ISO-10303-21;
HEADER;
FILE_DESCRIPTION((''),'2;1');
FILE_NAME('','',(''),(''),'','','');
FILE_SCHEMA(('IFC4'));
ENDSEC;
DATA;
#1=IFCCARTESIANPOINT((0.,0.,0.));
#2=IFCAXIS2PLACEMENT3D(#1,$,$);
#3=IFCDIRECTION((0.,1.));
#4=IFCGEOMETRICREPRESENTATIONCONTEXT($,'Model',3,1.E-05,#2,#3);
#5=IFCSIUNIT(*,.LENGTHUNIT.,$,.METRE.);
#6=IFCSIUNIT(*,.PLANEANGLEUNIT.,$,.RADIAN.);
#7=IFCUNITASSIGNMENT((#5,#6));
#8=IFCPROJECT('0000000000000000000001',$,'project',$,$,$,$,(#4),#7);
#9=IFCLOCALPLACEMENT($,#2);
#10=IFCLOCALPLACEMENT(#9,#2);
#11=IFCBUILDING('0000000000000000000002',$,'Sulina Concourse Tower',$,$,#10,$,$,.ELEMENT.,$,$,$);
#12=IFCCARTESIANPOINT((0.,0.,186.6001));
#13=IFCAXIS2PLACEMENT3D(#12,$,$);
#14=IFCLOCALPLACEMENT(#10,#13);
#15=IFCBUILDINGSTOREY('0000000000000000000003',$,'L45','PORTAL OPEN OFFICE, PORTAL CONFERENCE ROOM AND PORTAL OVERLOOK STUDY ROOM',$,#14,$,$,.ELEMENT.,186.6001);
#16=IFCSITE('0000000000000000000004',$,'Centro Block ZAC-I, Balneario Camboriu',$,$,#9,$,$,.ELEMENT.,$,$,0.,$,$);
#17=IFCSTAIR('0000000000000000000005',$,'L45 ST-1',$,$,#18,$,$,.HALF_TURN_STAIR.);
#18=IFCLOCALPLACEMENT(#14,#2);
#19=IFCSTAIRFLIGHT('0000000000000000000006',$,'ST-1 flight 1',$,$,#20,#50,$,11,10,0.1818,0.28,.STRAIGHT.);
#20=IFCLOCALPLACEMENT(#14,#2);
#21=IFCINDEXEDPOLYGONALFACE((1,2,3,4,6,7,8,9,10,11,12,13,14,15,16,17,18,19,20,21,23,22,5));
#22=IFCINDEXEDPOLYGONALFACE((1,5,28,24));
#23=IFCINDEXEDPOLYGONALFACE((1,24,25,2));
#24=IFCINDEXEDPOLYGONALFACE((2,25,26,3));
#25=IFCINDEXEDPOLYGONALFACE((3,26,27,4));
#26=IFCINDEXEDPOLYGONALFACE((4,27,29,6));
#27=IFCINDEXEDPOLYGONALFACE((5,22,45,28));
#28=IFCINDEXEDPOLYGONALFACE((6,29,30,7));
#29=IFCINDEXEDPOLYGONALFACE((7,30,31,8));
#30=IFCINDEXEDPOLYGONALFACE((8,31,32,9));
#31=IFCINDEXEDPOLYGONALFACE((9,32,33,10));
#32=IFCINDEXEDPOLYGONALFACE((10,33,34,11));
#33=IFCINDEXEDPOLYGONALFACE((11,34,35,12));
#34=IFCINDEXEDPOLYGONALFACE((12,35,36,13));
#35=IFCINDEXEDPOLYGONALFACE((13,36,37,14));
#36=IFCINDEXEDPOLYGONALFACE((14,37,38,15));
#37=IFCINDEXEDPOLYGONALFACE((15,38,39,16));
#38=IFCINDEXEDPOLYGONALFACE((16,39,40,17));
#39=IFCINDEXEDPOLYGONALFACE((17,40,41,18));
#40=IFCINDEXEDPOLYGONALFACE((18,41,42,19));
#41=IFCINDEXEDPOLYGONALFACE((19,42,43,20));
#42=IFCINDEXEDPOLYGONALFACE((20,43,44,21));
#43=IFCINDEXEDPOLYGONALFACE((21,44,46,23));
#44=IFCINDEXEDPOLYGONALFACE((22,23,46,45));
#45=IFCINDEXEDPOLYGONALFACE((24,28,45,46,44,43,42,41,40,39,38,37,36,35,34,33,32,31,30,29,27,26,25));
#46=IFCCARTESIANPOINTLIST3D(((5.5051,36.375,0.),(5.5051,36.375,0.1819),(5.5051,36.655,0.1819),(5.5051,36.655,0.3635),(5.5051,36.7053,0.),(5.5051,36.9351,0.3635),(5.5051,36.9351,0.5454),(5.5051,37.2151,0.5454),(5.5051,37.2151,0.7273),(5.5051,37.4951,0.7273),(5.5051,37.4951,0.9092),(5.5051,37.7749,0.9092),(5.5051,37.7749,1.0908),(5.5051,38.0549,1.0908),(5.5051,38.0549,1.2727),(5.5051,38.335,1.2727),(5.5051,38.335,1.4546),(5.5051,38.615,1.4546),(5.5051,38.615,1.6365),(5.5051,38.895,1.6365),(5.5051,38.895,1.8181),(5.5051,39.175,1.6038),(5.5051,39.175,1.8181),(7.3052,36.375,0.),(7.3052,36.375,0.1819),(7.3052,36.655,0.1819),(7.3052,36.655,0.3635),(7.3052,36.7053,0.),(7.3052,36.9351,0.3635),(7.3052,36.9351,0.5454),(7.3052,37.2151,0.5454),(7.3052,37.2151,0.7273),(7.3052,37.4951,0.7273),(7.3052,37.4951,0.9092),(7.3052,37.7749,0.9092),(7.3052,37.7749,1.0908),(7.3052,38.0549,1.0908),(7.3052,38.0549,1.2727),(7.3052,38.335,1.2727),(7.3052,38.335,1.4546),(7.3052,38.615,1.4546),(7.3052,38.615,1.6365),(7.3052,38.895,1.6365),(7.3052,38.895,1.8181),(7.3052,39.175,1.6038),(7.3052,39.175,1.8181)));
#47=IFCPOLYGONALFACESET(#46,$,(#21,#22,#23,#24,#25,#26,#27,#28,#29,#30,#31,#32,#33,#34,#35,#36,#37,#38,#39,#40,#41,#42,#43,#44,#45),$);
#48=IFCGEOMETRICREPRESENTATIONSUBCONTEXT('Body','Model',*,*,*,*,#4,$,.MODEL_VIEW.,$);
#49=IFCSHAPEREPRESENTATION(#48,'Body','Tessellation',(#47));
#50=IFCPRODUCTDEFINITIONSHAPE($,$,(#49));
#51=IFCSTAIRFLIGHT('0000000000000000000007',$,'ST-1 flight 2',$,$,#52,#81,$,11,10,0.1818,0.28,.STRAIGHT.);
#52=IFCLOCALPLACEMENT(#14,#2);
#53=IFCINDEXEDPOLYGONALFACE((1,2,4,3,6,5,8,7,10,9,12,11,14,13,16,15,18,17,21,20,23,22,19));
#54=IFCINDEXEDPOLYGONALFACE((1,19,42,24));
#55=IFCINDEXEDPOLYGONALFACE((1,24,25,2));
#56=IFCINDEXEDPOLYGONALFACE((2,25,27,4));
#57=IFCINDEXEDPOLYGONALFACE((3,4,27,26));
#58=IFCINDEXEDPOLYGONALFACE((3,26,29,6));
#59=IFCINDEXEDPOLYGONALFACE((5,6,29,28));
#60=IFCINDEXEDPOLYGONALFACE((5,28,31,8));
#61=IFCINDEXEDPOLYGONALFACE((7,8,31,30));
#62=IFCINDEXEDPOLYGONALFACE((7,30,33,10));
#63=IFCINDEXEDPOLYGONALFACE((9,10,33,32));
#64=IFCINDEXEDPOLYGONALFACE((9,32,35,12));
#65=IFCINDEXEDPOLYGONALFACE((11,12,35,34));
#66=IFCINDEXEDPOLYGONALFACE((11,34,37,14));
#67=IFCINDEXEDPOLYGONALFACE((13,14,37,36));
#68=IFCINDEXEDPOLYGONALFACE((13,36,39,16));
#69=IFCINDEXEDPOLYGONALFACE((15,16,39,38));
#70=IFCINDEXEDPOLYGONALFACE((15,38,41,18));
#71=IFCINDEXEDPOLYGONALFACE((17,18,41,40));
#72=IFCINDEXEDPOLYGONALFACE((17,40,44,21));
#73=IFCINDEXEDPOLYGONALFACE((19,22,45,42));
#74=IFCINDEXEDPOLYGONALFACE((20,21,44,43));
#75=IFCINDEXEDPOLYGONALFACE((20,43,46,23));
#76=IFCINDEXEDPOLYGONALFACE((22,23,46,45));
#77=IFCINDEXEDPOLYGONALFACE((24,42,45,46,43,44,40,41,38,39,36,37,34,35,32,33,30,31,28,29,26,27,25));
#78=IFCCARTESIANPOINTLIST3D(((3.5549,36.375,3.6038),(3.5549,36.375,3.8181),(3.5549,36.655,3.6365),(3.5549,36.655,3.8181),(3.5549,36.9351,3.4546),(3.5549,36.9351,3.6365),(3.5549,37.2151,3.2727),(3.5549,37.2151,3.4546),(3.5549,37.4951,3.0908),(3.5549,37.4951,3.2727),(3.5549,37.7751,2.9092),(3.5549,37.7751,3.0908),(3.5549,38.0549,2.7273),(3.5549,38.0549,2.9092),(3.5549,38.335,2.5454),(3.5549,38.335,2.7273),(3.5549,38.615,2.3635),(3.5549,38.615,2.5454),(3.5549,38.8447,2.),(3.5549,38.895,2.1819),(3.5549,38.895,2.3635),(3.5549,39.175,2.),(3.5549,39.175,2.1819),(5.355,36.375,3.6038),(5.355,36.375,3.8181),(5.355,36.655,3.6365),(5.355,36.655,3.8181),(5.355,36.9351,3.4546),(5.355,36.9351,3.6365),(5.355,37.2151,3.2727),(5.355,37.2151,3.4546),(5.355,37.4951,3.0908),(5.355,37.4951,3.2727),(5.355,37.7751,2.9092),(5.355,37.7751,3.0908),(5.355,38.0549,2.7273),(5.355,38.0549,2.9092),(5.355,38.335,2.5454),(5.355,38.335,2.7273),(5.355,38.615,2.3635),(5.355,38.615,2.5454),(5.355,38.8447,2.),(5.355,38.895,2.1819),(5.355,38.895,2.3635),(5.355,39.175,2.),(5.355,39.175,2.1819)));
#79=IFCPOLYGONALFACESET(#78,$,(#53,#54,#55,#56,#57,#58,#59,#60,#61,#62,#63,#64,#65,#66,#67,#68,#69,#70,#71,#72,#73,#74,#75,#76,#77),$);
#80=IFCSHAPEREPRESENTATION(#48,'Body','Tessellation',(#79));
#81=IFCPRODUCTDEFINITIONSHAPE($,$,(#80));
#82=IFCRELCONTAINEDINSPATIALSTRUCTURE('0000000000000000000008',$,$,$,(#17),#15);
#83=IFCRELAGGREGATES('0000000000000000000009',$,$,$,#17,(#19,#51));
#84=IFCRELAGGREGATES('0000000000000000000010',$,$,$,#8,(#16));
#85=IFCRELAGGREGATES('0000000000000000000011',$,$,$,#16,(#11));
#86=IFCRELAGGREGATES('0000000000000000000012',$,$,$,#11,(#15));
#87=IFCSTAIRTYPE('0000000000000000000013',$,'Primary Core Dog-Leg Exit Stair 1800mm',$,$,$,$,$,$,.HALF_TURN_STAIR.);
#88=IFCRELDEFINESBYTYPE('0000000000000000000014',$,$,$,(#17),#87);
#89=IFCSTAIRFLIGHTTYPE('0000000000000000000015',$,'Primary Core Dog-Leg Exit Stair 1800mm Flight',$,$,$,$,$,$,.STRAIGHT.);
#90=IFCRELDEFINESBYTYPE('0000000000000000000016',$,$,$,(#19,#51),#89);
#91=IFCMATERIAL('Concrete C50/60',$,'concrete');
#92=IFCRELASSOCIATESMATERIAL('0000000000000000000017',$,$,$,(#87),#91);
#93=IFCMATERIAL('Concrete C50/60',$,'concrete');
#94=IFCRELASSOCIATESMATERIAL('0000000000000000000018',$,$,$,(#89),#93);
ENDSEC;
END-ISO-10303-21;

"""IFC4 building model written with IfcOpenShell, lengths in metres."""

from ifc_helpers import new_model, si_unit, direction, frame, origin, place, context, subcontext, project, spatial, polyline, outline, extrude, material, type_object, element, aggregate, save


model = new_model("IFC4")

# Units and contexts
model_context = context("Model", 3, precision=1e-05, world=origin(), true_north=direction((0.0, 1.0)))
body_context = subcontext(model_context, "Body", "Model", "MODEL_VIEW")
ifc_project = project(units=[si_unit("LENGTHUNIT", "METRE"), si_unit("PLANEANGLEUNIT", "RADIAN")], contexts=[model_context])

# Site, building, storey
site_placement = place(None, origin())
site = spatial("IfcSite", under=ifc_project, at=site_placement, Name="Centro Block ZAC-I, Balneario Camboriu", CompositionType="ELEMENT", RefElevation=0.0)
building_placement = place(site_placement, origin())
building = spatial("IfcBuilding", under=site, at=building_placement, Name="Sulina Concourse Tower", CompositionType="ELEMENT")
storey_placement = place(building_placement, frame((0.0, 0.0, 186.6001)))
storey = spatial("IfcBuildingStorey", under=building, at=storey_placement, Name="L45", Description="PORTAL OPEN OFFICE, PORTAL CONFERENCE ROOM AND PORTAL OVERLOOK STUDY ROOM", CompositionType="ELEMENT", Elevation=186.6001)

# Stair, stair flights
ifc_material_1 = material(Name="Concrete C50/60", Category="concrete")
stair_type = type_object("IfcStairType", Name="Primary Core Dog-Leg Exit Stair 1800mm", PredefinedType="HALF_TURN_STAIR", material=ifc_material_1)
stair_placement = place(storey_placement, origin())
stair = element("IfcStair", 1, at=stair_placement, inside=storey, type_object=stair_type, Name="L45 ST-1", PredefinedType="HALF_TURN_STAIR")
ifc_material_2 = material(Name="Concrete C50/60", Category="concrete")
stair_flight_type = type_object("IfcStairFlightType", Name="Primary Core Dog-Leg Exit Stair 1800mm Flight", PredefinedType="STRAIGHT", material=ifc_material_2)
stair_flight_1_placement = place(storey_placement, frame((6.405, 36.375, 0.0), z_axis=(0.0, 0.0, 1.0), x_axis=(0.0, 1.0, 0.0)))
stair_flight_1 = element("IfcStairFlight", 2, at=stair_flight_1_placement, type_object=stair_flight_type, Name="ST-1 flight 1", NumberOfRisers=11, NumberOfTreads=10, PredefinedType="STRAIGHT", RiserHeight=0.1818, TreadLength=0.28, context=body_context, shape_type="SweptSolid", body=[
    extrude(outline(polyline([(0.0, 0.0), (0.0, 0.1819), (0.28, 0.1819), (0.28, 0.3635), (0.5601, 0.3635), (0.5601, 0.5454), (0.8401, 0.5454), (0.8401, 0.7273), (1.1201, 0.7273), (1.1201, 0.9092), (1.3999, 0.9092), (1.3999, 1.0908), (1.6799, 1.0908), (1.6799, 1.2727), (1.96, 1.2727), (1.96, 1.4546), (2.24, 1.4546), (2.24, 1.6365), (2.52, 1.6365), (2.52, 1.8181), (2.8, 1.8181), (2.8, 2.0), (2.8, 1.6038), (0.3303, 0.0), (0.0, 0.0)])), frame((0.0, 0.8999, 0.0), z_axis=(0.0, -1.0, 0.0), x_axis=(1.0, 0.0, 0.0)), (0.0, 0.0, 1.0), 1.8),
])
stair_flight_2_placement = place(storey_placement, frame((4.4551, 39.175, 2.0), z_axis=(0.0, 0.0, 1.0), x_axis=(0.0, -1.0, 0.0)))
stair_flight_2 = element("IfcStairFlight", 3, at=stair_flight_2_placement, type_object=stair_flight_type, Name="ST-1 flight 2", NumberOfRisers=11, NumberOfTreads=10, PredefinedType="STRAIGHT", RiserHeight=0.1818, TreadLength=0.28, context=body_context, shape_type="SweptSolid", body=[
    extrude(outline(polyline([(0.0, 0.0), (0.0, 0.1819), (0.28, 0.1819), (0.28, 0.3635), (0.5601, 0.3635), (0.5601, 0.5454), (0.8401, 0.5454), (0.8401, 0.7273), (1.1201, 0.7273), (1.1201, 0.9092), (1.3999, 0.9092), (1.3999, 1.0908), (1.6799, 1.0908), (1.6799, 1.2727), (1.96, 1.2727), (1.96, 1.4546), (2.24, 1.4546), (2.24, 1.6365), (2.52, 1.6365), (2.52, 1.8181), (2.8, 1.8181), (2.8, 2.0), (2.8, 1.6038), (0.3303, 0.0), (0.0, 0.0)])), frame((0.0, 0.8999, 0.0), z_axis=(0.0, -1.0, 0.0), x_axis=(1.0, 0.0, 0.0)), (0.0, 0.0, 1.0), 1.8),
])
aggregate(stair, [stair_flight_1, stair_flight_2])

save(model, "model.ifc")
